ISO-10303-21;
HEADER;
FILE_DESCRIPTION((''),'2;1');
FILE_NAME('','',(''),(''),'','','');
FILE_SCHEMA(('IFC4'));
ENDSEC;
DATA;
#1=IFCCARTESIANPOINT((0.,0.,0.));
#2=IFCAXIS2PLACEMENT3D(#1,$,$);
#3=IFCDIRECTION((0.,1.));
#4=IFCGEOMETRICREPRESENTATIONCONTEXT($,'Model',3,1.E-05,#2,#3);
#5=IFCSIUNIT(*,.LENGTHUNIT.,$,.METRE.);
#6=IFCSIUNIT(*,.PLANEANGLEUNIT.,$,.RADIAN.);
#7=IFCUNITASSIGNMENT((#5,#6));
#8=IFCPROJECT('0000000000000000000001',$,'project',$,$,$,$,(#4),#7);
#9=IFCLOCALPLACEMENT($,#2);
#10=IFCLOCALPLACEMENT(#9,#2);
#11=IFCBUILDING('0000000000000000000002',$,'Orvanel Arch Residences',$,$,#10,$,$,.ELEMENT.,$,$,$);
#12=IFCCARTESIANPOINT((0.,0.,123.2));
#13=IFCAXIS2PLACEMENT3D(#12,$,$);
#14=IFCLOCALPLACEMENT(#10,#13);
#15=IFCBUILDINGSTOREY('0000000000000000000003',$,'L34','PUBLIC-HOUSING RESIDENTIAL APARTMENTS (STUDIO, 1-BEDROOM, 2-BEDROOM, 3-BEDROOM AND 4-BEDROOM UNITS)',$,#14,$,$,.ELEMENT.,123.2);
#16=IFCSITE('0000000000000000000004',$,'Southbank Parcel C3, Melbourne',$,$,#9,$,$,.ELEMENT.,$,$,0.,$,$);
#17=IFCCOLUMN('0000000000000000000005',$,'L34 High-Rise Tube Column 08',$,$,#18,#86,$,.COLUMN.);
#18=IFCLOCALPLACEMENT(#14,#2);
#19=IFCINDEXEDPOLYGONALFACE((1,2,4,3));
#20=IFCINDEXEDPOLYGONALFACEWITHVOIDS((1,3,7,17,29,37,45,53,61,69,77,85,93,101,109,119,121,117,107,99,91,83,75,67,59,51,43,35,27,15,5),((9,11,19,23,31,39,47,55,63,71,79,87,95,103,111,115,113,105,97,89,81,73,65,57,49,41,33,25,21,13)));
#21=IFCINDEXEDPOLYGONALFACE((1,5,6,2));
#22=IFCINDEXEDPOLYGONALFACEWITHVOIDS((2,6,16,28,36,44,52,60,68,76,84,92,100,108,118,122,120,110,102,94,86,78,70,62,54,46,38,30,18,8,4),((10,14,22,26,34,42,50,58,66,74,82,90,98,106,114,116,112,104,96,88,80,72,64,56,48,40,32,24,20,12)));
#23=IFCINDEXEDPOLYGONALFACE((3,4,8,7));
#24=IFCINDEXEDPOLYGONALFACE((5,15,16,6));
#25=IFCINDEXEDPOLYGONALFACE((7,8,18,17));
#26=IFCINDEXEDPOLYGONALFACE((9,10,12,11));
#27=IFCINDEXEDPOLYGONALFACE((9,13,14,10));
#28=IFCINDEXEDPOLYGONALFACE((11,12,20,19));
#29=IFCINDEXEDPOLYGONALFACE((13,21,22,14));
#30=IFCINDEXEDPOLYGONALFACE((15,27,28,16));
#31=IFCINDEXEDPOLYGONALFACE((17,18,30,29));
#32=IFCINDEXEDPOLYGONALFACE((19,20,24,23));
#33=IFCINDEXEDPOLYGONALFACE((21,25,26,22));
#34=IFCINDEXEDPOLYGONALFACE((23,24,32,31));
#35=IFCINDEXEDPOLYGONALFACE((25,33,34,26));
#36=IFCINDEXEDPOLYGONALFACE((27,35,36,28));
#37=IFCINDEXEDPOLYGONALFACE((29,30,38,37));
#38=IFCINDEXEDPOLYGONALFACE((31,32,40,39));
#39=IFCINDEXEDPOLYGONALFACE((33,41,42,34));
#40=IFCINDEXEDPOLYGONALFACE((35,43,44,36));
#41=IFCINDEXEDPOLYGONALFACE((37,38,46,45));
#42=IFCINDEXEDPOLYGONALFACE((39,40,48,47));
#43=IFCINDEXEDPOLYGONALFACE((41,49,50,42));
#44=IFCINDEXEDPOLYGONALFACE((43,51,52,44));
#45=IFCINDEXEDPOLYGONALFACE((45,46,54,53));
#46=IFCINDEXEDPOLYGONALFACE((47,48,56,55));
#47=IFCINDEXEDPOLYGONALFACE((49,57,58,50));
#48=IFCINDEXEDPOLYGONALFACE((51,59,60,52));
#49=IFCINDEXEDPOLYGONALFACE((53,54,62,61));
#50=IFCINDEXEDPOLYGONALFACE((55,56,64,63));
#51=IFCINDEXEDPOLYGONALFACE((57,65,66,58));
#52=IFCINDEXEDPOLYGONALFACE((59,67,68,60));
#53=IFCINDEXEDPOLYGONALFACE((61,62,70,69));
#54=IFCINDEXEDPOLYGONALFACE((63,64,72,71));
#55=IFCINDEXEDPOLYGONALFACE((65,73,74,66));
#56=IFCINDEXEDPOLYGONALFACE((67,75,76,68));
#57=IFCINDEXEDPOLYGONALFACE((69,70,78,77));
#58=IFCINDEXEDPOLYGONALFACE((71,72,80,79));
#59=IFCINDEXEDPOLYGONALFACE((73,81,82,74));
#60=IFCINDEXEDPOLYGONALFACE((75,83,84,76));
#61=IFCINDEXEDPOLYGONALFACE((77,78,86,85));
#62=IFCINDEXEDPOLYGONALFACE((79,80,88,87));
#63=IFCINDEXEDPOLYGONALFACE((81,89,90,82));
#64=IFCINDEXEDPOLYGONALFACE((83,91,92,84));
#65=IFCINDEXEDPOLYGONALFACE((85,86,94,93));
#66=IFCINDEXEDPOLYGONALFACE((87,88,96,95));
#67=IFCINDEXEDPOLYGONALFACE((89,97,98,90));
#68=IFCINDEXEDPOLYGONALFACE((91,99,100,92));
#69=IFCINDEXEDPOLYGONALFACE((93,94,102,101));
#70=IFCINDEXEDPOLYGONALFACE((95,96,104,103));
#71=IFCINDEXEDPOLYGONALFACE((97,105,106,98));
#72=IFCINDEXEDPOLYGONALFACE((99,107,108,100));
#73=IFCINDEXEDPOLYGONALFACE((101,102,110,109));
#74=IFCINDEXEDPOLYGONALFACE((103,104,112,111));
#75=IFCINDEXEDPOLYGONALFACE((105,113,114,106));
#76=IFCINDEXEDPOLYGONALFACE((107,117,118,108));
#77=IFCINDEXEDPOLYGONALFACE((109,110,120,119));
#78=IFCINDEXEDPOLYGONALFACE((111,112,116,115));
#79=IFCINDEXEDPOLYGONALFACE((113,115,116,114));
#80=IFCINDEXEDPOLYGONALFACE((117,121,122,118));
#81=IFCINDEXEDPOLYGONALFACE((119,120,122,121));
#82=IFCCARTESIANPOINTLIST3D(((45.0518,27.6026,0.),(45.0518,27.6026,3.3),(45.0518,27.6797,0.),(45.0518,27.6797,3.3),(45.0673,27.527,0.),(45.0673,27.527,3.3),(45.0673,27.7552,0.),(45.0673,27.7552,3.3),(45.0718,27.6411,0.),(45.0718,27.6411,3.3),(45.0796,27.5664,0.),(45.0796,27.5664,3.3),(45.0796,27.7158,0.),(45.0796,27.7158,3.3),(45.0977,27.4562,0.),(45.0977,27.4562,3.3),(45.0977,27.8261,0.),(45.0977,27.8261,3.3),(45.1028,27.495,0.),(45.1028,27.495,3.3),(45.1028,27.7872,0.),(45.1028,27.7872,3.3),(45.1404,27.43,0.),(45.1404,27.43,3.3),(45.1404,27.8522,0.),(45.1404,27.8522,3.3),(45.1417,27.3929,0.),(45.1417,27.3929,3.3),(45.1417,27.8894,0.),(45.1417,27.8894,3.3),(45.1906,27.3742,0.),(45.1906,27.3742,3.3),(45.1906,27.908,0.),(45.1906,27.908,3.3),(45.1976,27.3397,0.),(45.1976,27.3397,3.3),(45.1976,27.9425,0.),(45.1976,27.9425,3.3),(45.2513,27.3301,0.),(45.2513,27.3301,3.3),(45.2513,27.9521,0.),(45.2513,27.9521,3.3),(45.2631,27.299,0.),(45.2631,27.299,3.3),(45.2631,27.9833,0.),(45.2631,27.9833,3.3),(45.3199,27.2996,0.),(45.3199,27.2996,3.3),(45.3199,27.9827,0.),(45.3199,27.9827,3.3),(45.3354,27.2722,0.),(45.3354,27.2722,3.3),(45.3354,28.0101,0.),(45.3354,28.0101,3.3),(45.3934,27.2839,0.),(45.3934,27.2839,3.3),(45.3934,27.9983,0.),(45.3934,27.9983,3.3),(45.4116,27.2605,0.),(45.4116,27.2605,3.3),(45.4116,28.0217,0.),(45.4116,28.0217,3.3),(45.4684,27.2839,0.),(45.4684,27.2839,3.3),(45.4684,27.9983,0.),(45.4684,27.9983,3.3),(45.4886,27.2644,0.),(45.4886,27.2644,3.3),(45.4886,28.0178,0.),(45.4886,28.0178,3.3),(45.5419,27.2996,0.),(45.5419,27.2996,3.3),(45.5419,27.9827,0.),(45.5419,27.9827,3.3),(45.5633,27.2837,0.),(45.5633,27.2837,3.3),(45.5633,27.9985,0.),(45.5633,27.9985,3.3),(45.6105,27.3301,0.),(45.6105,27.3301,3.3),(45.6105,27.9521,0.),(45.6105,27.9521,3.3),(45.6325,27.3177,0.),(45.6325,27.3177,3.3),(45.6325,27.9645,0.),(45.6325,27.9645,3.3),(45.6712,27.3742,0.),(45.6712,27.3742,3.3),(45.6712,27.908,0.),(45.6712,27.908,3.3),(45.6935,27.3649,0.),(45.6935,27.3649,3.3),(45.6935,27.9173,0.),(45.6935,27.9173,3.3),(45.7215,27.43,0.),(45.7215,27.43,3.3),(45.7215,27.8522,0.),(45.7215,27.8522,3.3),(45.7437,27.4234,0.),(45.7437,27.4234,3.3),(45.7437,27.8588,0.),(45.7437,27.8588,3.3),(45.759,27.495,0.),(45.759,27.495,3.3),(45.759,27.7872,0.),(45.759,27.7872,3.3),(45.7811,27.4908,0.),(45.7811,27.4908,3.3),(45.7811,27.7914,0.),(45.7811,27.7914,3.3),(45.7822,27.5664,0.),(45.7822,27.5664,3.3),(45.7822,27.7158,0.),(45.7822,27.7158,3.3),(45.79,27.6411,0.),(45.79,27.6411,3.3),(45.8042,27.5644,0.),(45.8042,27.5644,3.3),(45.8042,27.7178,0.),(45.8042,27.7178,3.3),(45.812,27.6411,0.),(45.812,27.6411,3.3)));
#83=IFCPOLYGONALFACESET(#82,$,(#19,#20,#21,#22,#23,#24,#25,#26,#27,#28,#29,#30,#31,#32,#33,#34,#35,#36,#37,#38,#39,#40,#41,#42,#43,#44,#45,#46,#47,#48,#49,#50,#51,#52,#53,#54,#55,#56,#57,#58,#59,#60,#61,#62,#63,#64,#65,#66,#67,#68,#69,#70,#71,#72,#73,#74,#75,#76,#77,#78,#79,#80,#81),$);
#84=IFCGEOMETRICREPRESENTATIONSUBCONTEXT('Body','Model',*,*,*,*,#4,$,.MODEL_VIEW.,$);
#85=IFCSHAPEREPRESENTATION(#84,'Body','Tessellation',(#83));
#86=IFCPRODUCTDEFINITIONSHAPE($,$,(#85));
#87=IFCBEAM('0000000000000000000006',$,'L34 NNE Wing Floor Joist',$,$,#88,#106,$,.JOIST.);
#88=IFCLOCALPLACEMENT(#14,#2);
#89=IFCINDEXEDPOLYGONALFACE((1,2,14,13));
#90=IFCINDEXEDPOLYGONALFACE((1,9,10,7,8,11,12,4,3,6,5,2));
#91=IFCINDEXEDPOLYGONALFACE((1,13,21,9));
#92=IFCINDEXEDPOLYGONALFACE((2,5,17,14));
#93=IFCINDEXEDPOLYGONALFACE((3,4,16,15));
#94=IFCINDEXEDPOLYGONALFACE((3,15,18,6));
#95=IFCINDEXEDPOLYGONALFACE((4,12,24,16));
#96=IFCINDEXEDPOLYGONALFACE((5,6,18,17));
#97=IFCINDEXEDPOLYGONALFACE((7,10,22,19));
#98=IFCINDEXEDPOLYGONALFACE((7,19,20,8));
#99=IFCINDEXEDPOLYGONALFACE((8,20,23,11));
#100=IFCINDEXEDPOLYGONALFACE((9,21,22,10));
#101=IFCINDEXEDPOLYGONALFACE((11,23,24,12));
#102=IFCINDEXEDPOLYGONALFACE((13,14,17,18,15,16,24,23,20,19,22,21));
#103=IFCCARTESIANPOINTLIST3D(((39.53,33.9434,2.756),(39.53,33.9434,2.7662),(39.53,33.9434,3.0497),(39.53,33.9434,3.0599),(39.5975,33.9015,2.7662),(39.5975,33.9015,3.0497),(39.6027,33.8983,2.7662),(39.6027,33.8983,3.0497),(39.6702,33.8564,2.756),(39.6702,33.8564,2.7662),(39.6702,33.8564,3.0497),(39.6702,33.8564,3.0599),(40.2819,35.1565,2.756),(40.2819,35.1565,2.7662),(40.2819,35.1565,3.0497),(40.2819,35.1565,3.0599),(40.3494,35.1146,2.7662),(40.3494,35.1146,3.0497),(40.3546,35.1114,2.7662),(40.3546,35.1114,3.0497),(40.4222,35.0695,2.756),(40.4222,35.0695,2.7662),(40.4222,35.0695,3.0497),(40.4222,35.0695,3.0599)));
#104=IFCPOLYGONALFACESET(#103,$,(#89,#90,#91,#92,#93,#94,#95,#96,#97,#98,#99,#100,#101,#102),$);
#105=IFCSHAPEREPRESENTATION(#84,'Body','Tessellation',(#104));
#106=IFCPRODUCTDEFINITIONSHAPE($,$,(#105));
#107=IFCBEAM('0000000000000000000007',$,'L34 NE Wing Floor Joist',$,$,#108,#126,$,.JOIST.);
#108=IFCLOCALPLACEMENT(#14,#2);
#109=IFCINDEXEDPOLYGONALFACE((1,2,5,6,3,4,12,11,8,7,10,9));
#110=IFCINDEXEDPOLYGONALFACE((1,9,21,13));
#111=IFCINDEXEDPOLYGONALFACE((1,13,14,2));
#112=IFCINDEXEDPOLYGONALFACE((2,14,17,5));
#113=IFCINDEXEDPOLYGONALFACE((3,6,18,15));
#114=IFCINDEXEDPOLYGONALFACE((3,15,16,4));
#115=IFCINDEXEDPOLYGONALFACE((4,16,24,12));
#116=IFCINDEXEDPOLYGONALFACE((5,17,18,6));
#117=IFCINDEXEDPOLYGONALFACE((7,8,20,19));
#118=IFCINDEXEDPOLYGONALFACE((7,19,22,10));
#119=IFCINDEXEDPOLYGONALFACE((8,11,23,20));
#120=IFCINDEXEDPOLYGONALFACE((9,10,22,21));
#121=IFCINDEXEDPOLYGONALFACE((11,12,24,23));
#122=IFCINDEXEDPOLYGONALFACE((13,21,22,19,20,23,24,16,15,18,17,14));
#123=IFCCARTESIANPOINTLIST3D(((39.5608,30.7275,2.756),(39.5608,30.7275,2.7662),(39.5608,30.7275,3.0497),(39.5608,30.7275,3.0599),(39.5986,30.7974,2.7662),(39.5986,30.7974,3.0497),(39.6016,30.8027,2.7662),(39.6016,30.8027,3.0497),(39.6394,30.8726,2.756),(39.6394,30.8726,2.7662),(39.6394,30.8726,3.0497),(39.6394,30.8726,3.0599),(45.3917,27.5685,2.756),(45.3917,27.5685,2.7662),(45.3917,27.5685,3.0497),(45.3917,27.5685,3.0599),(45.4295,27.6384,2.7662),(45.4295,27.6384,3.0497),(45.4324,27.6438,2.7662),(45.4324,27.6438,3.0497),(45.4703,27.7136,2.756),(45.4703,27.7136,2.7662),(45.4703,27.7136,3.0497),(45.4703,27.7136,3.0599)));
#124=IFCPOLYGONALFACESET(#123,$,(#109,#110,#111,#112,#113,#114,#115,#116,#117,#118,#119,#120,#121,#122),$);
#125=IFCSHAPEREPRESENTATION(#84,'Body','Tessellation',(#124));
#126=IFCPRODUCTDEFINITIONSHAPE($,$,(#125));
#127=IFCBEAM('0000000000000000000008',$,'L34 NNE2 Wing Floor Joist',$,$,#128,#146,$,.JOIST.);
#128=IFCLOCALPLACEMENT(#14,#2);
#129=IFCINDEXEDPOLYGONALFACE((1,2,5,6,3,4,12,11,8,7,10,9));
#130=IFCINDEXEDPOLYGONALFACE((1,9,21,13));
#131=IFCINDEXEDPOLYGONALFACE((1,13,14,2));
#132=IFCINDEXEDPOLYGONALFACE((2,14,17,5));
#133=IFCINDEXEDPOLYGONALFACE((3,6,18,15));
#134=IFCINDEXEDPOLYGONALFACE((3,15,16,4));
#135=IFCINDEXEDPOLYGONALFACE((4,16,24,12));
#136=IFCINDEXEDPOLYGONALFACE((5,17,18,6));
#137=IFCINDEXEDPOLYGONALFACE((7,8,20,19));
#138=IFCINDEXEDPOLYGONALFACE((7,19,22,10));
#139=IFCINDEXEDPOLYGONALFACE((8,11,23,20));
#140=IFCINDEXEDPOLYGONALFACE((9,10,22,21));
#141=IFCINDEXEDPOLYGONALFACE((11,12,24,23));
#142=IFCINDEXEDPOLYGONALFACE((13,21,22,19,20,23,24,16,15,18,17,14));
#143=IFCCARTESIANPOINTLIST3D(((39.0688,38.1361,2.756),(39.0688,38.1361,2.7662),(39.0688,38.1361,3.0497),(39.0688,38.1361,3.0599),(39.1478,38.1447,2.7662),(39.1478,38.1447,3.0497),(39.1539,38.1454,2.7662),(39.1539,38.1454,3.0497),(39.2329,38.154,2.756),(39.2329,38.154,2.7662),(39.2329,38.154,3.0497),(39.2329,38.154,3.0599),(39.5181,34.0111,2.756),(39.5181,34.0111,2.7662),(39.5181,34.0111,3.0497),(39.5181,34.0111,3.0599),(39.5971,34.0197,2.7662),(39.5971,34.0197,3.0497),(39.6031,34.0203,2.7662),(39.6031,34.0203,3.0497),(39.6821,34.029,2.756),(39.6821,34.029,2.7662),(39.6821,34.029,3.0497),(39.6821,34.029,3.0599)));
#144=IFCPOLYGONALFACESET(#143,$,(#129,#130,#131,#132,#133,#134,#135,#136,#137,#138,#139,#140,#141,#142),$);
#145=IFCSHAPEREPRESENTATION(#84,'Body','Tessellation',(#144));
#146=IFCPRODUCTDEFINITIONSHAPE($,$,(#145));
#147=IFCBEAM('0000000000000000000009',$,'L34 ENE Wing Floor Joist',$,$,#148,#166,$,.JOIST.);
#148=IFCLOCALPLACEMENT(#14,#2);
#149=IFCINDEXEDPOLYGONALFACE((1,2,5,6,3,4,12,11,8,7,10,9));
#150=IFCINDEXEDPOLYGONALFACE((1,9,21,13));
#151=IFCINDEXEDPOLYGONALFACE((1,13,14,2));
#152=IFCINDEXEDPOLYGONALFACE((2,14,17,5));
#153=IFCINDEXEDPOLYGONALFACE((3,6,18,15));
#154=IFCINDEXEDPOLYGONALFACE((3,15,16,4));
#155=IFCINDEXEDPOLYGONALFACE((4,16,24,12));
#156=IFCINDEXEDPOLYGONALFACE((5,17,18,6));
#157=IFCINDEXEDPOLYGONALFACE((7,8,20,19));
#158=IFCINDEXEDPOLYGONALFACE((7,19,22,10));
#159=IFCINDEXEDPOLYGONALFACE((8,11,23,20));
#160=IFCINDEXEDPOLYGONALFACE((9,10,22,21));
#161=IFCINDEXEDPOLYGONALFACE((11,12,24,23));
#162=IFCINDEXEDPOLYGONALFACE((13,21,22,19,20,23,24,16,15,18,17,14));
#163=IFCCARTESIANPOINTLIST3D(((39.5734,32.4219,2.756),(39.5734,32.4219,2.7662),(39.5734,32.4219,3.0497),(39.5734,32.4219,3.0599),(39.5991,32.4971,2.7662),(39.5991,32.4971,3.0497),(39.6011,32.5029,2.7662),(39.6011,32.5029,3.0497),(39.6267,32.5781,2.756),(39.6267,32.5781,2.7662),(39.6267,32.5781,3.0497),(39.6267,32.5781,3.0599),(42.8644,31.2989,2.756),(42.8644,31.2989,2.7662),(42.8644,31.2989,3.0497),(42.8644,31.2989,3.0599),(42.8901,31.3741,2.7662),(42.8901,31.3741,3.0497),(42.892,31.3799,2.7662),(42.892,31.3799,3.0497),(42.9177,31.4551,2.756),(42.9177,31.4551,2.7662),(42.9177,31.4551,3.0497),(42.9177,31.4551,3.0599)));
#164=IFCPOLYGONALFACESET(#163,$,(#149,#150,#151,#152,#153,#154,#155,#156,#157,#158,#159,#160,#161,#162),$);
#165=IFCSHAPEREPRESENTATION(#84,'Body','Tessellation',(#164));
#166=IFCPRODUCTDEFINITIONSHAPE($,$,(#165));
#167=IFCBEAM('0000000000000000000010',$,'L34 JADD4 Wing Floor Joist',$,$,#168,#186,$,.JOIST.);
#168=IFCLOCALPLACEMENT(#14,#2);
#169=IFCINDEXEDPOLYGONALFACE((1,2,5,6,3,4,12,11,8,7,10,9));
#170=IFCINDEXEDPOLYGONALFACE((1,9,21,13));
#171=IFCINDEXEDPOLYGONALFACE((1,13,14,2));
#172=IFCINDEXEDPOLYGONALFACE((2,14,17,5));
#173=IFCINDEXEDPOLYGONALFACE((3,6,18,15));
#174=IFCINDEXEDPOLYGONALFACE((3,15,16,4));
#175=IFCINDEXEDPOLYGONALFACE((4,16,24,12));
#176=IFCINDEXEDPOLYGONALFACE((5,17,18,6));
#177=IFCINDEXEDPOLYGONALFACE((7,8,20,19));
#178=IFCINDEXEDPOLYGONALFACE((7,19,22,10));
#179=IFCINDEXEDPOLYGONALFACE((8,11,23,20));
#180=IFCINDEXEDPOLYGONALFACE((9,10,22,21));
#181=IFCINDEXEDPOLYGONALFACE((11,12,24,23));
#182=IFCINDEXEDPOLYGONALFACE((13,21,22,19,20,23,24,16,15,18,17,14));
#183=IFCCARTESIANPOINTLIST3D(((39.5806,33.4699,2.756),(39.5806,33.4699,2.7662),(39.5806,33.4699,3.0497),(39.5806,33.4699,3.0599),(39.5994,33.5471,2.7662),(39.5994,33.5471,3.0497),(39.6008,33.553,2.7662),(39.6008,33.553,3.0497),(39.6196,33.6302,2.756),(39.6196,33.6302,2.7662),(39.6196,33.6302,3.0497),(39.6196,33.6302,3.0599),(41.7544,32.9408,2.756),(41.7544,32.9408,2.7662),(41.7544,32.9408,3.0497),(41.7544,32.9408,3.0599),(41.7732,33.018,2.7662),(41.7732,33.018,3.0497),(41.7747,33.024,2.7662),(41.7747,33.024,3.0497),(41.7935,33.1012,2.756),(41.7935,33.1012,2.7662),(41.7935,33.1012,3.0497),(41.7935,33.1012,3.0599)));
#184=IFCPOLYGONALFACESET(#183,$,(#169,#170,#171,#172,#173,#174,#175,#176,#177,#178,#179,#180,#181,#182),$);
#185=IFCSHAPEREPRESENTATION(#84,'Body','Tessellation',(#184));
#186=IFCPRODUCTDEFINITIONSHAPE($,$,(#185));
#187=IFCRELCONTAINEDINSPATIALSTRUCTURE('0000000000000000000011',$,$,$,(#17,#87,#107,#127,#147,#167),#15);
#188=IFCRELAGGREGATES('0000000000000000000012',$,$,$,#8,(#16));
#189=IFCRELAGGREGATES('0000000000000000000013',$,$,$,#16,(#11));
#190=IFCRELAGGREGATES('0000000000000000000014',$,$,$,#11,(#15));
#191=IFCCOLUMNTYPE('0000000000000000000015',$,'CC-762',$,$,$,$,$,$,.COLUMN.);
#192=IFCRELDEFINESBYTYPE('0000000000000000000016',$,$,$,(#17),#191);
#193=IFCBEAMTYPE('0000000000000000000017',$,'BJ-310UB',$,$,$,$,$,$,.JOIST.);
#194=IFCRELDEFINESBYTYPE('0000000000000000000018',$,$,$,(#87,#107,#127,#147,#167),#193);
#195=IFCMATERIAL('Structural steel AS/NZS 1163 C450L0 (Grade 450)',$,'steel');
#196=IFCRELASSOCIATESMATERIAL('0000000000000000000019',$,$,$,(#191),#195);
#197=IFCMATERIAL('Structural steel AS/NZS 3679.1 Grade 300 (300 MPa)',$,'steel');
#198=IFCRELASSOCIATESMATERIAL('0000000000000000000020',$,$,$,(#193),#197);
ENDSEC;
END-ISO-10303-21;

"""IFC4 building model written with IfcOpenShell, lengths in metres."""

from ifc_helpers import new_model, si_unit, direction, frame, origin, origin_2d, place, context, subcontext, project, spatial, hollow_circle, i_section, extrude, material, material_profile, profile_set, type_object, element, save


model = new_model("IFC4")

# Units and contexts
model_context = context("Model", 3, precision=1e-05, world=origin(), true_north=direction((0.0, 1.0)))
body_context = subcontext(model_context, "Body", "Model", "MODEL_VIEW")
ifc_project = project(units=[si_unit("LENGTHUNIT", "METRE"), si_unit("PLANEANGLEUNIT", "RADIAN")], contexts=[model_context])

# Site, building, storey
site_placement = place(None, origin())
site = spatial("IfcSite", under=ifc_project, at=site_placement, Name="Southbank Parcel C3, Melbourne", CompositionType="ELEMENT", RefElevation=0.0)
building_placement = place(site_placement, origin())
building = spatial("IfcBuilding", under=site, at=building_placement, Name="Orvanel Arch Residences", CompositionType="ELEMENT")
storey_placement = place(building_placement, frame((0.0, 0.0, 123.2)))
storey = spatial("IfcBuildingStorey", under=building, at=storey_placement, Name="L34", Description="PUBLIC-HOUSING RESIDENTIAL APARTMENTS (STUDIO, 1-BEDROOM, 2-BEDROOM, 3-BEDROOM AND 4-BEDROOM UNITS)", CompositionType="ELEMENT", Elevation=123.2)

# Column
ifc_material_1 = material(Name="Structural steel AS/NZS 1163 C450L0 (Grade 450)", Category="steel")
ifc_material_profile_1 = material_profile(ifc_material_1, hollow_circle(Radius=0.3811, WallThickness=0.022, at=origin_2d()), Name="CHS762x22")
ifc_profile_set_1 = profile_set([ifc_material_profile_1], Name="Structural steel AS/NZS 1163 C450L0 (Grade 450)")
column_type = type_object("IfcColumnType", Name="CC-762", PredefinedType="COLUMN", material=ifc_profile_set_1)
column_placement = place(storey_placement, frame((45.4309, 27.6411, 0.0), z_axis=(0.0, 0.0, 1.0), x_axis=(1.0, 0.0, 0.0)))
element("IfcColumn", 1, at=column_placement, inside=storey, type_object=column_type, Name="L34 High-Rise Tube Column 08", PredefinedType="COLUMN", context=body_context, shape_type="SweptSolid", body=[
    extrude(hollow_circle(Radius=0.3811, WallThickness=0.022, at=origin_2d()), origin(), (0.0, 0.0, 1.0), 3.3),
])

# Beams
ifc_material_2 = material(Name="Structural steel AS/NZS 3679.1 Grade 300 (300 MPa)", Category="steel")
ifc_material_profile_2 = material_profile(ifc_material_2, i_section(OverallWidth=0.165, OverallDepth=0.304, WebThickness=0.0061, FlangeThickness=0.0103, at=origin_2d()), Name="310UB40.4")
ifc_profile_set_2 = profile_set([ifc_material_profile_2], Name="Structural steel AS/NZS 3679.1 Grade 300 (300 MPa)")
beam_type_1 = type_object("IfcBeamType", Name="BJ-310UB", PredefinedType="JOIST", material=ifc_profile_set_2)
beam_1_placement = place(storey_placement, frame((39.6001, 33.8999, 2.908), z_axis=(0.526843, 0.849962, 0.0), x_axis=(-0.849962, 0.526843, 0.0)))
element("IfcBeam", 2, at=beam_1_placement, inside=storey, type_object=beam_type_1, Name="L34 NNE Wing Floor Joist", PredefinedType="JOIST", context=body_context, shape_type="SweptSolid", body=[
    extrude(i_section(OverallWidth=0.165, OverallDepth=0.304, WebThickness=0.0061, FlangeThickness=0.0103, at=origin_2d()), origin(), (0.0, 0.0, 1.0), 1.4272),
])
beam_2_placement = place(storey_placement, frame((39.6001, 30.8, 2.908), z_axis=(0.879255, -0.476351, 0.0), x_axis=(0.476351, 0.879255, 0.0)))
element("IfcBeam", 3, at=beam_2_placement, inside=storey, type_object=beam_type_1, Name="L34 NE Wing Floor Joist", PredefinedType="JOIST", context=body_context, shape_type="SweptSolid", body=[
    extrude(i_section(OverallWidth=0.165, OverallDepth=0.304, WebThickness=0.0061, FlangeThickness=0.0103, at=origin_2d()), origin(), (0.0, 0.0, 1.0), 6.6316),
])
beam_3_placement = place(storey_placement, frame((39.6001, 34.02, 2.908), z_axis=(-0.108261, 0.994122, 0.0), x_axis=(-0.994122, -0.108261, 0.0)))
element("IfcBeam", 4, at=beam_3_placement, inside=storey, type_object=beam_type_1, Name="L34 NNE2 Wing Floor Joist", PredefinedType="JOIST", context=body_context, shape_type="SweptSolid", body=[
    extrude(i_section(OverallWidth=0.165, OverallDepth=0.304, WebThickness=0.0061, FlangeThickness=0.0103, at=origin_2d()), origin(), (0.0, 0.0, 1.0), 4.1494),
])
beam_4_placement = place(storey_placement, frame((39.6001, 32.5, 2.908), z_axis=(0.946413, -0.32296, 0.0), x_axis=(0.32296, 0.946413, 0.0)))
element("IfcBeam", 5, at=beam_4_placement, inside=storey, type_object=beam_type_1, Name="L34 ENE Wing Floor Joist", PredefinedType="JOIST", context=body_context, shape_type="SweptSolid", body=[
    extrude(i_section(OverallWidth=0.165, OverallDepth=0.304, WebThickness=0.0061, FlangeThickness=0.0103, at=origin_2d()), origin(), (0.0, 0.0, 1.0), 3.4773),
])
beam_5_placement = place(storey_placement, frame((39.6001, 33.55, 2.908), z_axis=(0.971638, -0.236471, 0.0), x_axis=(0.236471, 0.971638, 0.0)))
element("IfcBeam", 6, at=beam_5_placement, inside=storey, type_object=beam_type_1, Name="L34 JADD4 Wing Floor Joist", PredefinedType="JOIST", context=body_context, shape_type="SweptSolid", body=[
    extrude(i_section(OverallWidth=0.165, OverallDepth=0.304, WebThickness=0.0061, FlangeThickness=0.0103, at=origin_2d()), origin(), (0.0, 0.0, 1.0), 2.2373),
])

save(model, "model.ifc")
